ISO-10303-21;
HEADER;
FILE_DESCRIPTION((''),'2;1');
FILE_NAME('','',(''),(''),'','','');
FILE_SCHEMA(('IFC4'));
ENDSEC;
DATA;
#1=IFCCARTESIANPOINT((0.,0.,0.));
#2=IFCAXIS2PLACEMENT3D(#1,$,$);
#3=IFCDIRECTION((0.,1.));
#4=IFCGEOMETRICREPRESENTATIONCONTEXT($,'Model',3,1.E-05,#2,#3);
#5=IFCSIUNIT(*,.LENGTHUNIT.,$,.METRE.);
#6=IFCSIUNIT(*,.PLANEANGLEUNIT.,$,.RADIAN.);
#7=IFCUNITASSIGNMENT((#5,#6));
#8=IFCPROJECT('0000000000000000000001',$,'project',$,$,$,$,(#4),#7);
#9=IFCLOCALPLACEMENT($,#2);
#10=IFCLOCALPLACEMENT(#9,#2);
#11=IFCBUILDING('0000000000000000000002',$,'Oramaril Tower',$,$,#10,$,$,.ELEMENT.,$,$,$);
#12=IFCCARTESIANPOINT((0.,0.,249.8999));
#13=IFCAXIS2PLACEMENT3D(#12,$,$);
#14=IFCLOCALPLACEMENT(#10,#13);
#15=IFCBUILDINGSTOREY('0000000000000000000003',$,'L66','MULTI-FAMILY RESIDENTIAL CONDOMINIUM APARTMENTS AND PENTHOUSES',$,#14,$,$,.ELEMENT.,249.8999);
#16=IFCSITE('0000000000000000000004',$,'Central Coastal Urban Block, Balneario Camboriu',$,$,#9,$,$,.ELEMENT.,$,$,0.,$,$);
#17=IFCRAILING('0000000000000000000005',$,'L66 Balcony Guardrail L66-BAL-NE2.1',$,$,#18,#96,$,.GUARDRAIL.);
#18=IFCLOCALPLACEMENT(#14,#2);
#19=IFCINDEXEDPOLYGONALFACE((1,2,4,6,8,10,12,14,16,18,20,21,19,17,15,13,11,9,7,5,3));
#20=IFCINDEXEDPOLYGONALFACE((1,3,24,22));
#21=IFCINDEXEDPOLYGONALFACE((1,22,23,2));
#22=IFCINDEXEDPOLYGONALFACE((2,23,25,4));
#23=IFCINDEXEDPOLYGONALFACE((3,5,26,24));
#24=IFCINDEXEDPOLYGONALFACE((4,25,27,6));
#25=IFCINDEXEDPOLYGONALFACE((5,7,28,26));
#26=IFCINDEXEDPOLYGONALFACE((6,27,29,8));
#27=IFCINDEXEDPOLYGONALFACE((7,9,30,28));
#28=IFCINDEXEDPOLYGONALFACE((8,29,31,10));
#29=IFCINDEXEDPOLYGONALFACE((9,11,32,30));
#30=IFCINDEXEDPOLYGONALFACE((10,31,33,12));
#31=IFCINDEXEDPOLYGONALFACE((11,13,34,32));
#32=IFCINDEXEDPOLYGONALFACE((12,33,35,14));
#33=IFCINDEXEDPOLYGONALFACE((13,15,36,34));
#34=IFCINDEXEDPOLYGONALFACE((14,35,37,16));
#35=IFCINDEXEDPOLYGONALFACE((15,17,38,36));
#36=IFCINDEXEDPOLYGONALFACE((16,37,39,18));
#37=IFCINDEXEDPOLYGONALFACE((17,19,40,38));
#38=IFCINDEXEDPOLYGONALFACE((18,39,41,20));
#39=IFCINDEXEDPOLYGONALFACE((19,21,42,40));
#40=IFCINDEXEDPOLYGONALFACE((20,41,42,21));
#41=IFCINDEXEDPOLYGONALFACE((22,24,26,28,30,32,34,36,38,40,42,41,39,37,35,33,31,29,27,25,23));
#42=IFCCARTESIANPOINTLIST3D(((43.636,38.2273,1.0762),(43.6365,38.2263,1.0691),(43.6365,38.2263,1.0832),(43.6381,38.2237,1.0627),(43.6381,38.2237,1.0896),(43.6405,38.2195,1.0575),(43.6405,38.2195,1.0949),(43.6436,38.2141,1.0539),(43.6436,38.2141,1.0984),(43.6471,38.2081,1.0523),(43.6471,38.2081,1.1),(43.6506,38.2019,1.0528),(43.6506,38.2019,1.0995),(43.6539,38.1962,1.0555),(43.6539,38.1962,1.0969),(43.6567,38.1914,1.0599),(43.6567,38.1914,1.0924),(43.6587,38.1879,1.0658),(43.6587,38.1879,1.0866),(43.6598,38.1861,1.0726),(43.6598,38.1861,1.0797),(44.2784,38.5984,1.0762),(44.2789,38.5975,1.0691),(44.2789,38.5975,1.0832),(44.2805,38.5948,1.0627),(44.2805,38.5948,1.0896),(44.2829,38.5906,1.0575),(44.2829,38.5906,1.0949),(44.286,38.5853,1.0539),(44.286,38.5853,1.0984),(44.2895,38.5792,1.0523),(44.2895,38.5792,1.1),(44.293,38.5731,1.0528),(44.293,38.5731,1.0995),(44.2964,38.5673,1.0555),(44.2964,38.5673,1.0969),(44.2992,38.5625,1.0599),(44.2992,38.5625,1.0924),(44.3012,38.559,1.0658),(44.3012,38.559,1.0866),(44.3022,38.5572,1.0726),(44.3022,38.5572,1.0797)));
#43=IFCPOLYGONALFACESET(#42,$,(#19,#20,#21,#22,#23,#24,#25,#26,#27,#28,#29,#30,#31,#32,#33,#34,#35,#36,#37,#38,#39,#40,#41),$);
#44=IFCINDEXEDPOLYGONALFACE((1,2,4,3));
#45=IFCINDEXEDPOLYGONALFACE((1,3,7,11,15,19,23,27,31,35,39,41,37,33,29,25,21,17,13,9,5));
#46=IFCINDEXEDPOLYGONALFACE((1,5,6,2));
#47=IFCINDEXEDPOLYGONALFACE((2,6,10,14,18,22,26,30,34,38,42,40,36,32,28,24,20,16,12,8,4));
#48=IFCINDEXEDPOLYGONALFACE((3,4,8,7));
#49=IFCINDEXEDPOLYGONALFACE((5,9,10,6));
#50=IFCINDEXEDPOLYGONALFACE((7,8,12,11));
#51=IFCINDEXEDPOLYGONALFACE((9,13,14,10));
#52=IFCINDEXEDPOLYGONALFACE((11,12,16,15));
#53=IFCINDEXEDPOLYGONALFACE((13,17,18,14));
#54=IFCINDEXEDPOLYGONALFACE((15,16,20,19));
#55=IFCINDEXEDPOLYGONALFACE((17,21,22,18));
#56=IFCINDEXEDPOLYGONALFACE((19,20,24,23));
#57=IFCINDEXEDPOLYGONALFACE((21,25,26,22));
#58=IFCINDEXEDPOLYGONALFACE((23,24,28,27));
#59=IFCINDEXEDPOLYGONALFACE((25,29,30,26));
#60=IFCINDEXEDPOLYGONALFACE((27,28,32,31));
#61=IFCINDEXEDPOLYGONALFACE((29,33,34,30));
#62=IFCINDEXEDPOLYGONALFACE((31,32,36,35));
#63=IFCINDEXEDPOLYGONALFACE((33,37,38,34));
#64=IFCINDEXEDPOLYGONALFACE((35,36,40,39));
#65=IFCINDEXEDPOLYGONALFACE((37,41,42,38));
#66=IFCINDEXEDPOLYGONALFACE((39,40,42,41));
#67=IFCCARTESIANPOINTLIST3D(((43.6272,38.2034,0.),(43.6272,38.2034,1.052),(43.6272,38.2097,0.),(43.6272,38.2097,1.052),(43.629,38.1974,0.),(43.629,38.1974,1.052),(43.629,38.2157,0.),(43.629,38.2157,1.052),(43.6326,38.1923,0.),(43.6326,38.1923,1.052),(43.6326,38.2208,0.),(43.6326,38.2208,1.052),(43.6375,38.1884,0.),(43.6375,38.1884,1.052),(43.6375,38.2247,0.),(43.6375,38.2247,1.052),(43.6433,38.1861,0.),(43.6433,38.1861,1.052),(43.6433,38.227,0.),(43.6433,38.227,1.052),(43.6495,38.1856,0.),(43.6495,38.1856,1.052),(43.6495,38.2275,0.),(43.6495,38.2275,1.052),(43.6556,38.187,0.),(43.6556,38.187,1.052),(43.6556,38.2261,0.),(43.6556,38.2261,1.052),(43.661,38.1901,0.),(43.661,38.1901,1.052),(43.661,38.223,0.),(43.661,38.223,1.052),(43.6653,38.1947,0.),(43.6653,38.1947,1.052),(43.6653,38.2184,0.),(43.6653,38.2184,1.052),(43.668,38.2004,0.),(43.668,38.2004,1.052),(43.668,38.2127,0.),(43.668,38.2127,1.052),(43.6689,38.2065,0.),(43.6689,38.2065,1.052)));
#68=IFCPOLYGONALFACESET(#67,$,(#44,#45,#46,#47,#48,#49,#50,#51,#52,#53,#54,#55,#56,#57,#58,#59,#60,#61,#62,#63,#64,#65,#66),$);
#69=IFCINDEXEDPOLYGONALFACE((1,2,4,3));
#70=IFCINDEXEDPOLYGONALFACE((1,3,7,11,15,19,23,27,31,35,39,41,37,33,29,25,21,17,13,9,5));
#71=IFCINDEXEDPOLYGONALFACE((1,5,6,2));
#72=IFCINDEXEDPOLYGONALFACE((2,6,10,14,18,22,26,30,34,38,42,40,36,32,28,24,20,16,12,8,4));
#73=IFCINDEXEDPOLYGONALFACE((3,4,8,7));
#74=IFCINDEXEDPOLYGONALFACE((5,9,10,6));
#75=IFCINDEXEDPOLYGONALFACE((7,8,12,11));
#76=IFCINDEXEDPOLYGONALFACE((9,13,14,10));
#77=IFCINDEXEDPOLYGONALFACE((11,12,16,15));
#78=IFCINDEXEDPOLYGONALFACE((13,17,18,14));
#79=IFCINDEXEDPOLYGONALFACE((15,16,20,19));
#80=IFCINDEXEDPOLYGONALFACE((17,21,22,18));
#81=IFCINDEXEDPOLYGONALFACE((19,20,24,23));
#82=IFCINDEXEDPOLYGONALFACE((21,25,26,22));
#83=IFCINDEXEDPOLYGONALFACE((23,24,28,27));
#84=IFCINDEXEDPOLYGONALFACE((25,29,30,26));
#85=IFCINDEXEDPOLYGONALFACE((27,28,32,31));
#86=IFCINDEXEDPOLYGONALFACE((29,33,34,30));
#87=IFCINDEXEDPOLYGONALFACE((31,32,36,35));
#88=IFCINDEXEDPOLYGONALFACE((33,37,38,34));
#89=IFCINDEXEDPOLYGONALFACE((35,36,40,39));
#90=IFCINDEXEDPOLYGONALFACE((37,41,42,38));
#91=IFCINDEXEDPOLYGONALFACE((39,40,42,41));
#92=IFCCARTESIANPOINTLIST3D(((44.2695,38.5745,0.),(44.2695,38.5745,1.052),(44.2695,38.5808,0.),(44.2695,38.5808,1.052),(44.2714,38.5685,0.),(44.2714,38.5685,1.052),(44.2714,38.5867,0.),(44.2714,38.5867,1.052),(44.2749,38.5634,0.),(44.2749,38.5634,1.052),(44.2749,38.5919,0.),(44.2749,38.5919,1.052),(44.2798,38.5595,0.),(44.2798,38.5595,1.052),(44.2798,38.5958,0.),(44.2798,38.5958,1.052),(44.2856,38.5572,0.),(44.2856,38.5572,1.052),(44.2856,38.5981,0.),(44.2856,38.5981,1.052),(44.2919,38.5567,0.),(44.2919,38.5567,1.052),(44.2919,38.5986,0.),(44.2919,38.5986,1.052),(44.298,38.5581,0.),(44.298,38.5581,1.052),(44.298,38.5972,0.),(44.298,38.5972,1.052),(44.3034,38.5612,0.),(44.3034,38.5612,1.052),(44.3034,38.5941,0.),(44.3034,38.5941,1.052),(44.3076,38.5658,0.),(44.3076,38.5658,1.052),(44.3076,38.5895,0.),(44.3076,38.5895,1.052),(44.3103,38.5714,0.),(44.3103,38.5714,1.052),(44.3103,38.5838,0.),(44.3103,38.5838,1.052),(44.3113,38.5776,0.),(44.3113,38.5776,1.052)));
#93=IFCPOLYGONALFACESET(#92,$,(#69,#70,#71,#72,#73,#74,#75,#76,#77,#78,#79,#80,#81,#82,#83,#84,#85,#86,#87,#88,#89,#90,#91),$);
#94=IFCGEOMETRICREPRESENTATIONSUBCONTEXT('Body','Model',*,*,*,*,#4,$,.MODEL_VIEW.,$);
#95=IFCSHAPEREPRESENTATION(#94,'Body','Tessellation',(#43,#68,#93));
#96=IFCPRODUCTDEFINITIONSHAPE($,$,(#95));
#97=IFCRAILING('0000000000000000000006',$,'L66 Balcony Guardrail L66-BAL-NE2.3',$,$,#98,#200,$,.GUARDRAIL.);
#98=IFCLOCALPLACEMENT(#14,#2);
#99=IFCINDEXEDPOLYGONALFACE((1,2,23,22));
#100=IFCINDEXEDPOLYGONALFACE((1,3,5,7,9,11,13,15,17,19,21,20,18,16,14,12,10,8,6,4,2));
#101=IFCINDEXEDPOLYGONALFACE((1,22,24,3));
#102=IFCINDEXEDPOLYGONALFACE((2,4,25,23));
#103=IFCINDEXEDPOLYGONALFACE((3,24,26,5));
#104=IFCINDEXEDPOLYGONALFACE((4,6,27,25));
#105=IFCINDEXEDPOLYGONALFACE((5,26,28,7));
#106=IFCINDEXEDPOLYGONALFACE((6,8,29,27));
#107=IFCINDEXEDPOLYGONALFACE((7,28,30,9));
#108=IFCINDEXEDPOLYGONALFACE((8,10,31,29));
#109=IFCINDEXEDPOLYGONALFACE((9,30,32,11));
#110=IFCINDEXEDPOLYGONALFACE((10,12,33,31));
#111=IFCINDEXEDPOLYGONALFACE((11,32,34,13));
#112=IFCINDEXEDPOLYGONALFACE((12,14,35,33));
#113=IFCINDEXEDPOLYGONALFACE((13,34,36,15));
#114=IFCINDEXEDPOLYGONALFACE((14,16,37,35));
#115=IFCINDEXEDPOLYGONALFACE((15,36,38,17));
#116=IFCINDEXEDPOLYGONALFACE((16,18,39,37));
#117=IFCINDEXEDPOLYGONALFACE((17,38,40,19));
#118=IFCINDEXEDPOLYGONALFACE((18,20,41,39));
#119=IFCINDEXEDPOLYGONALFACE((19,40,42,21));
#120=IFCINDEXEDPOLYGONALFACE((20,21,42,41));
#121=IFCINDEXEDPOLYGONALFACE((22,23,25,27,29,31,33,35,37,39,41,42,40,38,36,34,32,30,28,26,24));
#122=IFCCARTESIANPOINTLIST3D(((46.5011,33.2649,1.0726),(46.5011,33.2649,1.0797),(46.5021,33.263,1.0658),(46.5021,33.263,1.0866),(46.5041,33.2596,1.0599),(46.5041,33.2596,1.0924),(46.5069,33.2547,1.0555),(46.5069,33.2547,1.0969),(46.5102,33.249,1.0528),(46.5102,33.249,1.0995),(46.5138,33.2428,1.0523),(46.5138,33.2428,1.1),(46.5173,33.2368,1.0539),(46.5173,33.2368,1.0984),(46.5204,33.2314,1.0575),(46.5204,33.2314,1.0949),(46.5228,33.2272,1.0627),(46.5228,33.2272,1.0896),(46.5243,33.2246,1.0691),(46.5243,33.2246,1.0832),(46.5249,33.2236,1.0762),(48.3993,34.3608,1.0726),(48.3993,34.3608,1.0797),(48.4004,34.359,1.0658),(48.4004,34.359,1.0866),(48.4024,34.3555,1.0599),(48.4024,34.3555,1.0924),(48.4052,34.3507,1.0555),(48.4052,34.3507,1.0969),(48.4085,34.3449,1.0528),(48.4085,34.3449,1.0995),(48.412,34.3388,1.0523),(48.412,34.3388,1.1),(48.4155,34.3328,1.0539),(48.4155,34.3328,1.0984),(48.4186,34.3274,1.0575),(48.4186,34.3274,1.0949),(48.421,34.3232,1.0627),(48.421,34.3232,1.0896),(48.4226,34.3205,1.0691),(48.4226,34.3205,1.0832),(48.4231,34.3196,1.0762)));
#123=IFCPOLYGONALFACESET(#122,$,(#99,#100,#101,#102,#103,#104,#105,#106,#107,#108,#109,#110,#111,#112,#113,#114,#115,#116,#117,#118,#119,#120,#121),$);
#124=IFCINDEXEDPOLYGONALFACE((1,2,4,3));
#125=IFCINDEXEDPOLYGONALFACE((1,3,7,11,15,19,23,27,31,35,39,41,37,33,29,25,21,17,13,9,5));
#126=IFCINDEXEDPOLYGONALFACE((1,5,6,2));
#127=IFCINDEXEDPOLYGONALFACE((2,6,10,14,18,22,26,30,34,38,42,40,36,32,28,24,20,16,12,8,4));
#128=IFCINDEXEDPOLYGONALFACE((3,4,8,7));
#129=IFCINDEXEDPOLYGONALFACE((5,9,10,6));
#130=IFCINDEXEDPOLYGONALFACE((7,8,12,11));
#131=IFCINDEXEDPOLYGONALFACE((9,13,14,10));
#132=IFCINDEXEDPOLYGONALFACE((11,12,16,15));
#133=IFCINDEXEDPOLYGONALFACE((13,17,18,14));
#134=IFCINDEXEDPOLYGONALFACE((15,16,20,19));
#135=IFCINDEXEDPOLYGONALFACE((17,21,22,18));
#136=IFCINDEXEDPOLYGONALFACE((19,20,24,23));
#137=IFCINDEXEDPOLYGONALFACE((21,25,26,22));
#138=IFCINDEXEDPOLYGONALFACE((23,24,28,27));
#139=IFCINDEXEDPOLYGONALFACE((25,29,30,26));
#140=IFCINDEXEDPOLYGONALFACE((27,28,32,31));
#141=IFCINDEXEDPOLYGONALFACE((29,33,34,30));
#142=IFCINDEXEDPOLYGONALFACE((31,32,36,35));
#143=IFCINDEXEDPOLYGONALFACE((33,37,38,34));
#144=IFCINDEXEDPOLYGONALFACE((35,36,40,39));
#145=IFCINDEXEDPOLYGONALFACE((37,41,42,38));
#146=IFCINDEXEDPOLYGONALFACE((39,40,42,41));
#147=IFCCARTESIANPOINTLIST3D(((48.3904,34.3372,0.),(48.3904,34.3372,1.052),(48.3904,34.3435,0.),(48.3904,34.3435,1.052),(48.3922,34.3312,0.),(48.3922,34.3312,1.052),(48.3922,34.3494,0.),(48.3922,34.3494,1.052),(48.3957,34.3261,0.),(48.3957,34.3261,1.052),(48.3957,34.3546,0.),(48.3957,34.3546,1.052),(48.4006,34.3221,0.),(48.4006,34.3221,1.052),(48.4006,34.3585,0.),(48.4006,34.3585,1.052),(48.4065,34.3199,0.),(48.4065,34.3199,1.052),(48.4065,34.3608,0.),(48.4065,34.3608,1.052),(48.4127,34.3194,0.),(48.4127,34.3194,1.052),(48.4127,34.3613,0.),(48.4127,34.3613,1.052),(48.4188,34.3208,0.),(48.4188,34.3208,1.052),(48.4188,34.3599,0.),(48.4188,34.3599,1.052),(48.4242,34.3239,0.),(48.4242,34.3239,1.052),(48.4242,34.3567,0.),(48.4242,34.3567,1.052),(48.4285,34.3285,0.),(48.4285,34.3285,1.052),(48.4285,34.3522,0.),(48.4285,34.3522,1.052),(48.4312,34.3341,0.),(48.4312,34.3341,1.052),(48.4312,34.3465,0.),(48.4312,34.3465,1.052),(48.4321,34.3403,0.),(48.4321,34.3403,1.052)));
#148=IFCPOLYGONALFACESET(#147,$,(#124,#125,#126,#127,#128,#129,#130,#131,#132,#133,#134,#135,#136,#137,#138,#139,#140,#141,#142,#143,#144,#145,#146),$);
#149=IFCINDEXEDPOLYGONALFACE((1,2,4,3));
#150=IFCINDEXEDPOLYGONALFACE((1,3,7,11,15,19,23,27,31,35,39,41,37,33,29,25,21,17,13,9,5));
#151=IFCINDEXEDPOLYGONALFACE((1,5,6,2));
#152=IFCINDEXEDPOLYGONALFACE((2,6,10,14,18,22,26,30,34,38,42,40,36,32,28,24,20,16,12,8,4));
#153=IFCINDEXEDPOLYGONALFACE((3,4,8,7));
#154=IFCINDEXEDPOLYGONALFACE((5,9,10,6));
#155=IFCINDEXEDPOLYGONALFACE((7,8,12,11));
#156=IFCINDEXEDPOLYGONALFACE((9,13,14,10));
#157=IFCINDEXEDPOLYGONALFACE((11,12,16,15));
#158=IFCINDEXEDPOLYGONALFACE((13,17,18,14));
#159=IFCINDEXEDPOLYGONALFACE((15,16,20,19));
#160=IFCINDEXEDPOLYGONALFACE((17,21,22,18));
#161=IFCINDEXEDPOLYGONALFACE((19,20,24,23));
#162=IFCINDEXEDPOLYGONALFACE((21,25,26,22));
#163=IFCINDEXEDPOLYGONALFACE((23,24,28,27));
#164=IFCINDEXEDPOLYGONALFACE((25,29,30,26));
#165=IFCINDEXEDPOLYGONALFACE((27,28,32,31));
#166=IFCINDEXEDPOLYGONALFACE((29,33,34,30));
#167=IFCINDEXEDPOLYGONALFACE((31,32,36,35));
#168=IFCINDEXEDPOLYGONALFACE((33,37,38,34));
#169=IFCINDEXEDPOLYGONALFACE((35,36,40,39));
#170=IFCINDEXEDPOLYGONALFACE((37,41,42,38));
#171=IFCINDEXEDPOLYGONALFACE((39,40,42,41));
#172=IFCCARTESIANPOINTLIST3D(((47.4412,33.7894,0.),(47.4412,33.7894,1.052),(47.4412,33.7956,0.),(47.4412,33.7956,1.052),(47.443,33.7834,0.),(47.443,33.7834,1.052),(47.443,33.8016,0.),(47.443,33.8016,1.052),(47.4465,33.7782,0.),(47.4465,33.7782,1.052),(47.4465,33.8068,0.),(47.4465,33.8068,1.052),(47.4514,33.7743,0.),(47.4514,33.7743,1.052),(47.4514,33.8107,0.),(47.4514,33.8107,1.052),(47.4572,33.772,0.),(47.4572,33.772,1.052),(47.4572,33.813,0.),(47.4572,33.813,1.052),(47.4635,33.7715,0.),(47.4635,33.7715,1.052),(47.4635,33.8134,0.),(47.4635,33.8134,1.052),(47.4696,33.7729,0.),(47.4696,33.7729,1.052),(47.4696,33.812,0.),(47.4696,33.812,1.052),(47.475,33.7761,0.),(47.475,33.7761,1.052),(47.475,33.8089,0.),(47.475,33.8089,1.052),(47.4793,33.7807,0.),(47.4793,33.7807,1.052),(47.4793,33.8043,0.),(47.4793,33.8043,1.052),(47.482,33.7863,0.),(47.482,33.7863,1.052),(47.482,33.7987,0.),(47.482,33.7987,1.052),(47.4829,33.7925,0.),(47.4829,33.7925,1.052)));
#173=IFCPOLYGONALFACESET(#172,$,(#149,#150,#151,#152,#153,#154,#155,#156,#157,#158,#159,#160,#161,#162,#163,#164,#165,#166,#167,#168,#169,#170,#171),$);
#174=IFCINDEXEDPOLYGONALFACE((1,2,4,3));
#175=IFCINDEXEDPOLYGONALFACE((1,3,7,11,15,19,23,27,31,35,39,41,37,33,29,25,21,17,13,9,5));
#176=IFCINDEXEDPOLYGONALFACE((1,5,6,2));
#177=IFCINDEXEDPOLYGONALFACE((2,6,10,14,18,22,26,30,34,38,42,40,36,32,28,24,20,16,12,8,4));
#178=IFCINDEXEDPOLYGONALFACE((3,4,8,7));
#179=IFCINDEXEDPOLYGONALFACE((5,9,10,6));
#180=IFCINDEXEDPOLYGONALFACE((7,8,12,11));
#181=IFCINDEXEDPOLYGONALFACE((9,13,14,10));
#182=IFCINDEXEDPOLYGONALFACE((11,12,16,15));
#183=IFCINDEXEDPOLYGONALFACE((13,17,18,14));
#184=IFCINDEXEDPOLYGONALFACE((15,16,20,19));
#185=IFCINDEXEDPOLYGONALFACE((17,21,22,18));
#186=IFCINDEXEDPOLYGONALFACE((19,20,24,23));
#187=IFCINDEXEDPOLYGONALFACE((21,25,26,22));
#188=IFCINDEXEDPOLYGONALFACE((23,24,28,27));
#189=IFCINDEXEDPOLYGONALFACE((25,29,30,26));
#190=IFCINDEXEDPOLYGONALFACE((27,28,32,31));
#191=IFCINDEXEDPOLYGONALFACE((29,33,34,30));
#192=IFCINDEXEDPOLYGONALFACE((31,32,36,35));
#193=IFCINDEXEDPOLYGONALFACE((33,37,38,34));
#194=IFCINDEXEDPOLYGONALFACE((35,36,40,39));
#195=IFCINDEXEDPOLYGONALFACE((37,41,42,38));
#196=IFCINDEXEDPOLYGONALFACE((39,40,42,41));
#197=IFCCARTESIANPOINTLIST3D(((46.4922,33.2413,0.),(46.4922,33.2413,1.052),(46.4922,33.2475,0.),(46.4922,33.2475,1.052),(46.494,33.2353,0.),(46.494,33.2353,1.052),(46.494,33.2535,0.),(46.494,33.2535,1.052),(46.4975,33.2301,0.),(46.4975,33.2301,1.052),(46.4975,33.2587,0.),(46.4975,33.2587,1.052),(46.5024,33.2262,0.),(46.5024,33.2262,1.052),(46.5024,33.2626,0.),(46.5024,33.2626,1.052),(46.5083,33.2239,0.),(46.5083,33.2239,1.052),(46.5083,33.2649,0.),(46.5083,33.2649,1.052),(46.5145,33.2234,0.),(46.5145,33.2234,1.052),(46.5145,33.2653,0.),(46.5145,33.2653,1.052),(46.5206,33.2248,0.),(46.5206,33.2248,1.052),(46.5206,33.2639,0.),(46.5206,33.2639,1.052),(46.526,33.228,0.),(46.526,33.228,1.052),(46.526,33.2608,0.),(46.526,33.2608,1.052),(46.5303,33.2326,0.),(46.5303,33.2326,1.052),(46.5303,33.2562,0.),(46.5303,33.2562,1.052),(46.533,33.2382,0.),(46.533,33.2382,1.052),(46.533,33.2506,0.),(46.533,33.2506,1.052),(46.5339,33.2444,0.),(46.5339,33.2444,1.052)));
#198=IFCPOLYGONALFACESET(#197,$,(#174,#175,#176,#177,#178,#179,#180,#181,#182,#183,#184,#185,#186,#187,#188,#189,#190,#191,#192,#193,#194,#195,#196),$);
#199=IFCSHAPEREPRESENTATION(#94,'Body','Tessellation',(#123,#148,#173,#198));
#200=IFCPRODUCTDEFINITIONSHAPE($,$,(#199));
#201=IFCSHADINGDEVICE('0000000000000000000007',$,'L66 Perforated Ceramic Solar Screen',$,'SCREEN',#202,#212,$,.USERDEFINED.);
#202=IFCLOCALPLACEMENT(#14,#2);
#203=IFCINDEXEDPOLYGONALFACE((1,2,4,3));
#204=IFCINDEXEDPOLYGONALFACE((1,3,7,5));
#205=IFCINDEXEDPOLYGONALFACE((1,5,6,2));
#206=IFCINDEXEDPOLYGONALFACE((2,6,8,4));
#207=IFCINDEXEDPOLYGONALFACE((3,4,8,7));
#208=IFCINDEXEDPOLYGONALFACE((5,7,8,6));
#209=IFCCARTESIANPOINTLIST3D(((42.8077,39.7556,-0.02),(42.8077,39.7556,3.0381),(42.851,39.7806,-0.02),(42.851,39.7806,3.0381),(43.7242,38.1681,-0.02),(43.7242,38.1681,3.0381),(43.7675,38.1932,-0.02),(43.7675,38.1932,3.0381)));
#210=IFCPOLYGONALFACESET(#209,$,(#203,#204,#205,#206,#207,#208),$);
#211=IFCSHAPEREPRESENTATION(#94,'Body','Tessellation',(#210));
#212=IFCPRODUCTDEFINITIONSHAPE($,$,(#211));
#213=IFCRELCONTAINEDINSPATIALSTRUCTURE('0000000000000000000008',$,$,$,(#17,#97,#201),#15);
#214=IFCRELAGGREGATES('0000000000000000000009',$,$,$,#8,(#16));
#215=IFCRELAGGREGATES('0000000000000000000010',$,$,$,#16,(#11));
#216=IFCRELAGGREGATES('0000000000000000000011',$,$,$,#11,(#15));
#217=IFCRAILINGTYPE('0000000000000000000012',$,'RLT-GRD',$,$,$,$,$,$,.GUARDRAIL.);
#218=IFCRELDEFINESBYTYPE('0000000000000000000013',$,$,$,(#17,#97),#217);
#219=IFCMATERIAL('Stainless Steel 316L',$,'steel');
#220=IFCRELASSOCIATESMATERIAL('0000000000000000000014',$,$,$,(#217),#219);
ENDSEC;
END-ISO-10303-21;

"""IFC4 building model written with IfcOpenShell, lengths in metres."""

from ifc_helpers import new_model, si_unit, direction, frame, origin, origin_2d, place, context, subcontext, project, spatial, rectangle, circle, extrude, material, type_object, element, save


model = new_model("IFC4")

# Units and contexts
model_context = context("Model", 3, precision=1e-05, world=origin(), true_north=direction((0.0, 1.0)))
body_context = subcontext(model_context, "Body", "Model", "MODEL_VIEW")
ifc_project = project(units=[si_unit("LENGTHUNIT", "METRE"), si_unit("PLANEANGLEUNIT", "RADIAN")], contexts=[model_context])

# Site, building, storey
site_placement = place(None, origin())
site = spatial("IfcSite", under=ifc_project, at=site_placement, Name="Central Coastal Urban Block, Balneario Camboriu", CompositionType="ELEMENT", RefElevation=0.0)
building_placement = place(site_placement, origin())
building = spatial("IfcBuilding", under=site, at=building_placement, Name="Oramaril Tower", CompositionType="ELEMENT")
storey_placement = place(building_placement, frame((0.0, 0.0, 249.8999)))
storey = spatial("IfcBuildingStorey", under=building, at=storey_placement, Name="L66", Description="MULTI-FAMILY RESIDENTIAL CONDOMINIUM APARTMENTS AND PENTHOUSES", CompositionType="ELEMENT", Elevation=249.8999)

# Railings
ifc_material_1 = material(Name="Stainless Steel 316L", Category="steel")
railing_type = type_object("IfcRailingType", Name="RLT-GRD", PredefinedType="GUARDRAIL", material=ifc_material_1)
railing_1_placement = place(storey_placement, frame((43.6479, 38.2065, 0.0)))
element("IfcRailing", 1, at=railing_1_placement, inside=storey, type_object=railing_type, Name="L66 Balcony Guardrail L66-BAL-NE2.1", PredefinedType="GUARDRAIL", context=body_context, shape_type="SweptSolid", body=[
    extrude(circle(Radius=0.0239, at=origin_2d()), frame((0.0, 0.0, 1.0762), z_axis=(0.865884, 0.500245, 0.0), x_axis=(-0.500245, 0.865884, 0.0)), (0.0, 0.0, 1.0), 0.7419),
    extrude(circle(Radius=0.021, at=origin_2d()), origin(), (0.0, 0.0, 1.0), 1.052),
    extrude(circle(Radius=0.021, at=origin_2d()), frame((0.6423, 0.3711, 0.0)), (0.0, 0.0, 1.0), 1.052),
])
railing_2_placement = place(storey_placement, frame((48.4111, 34.3403, 0.0)))
element("IfcRailing", 2, at=railing_2_placement, inside=storey, type_object=railing_type, Name="L66 Balcony Guardrail L66-BAL-NE2.3", PredefinedType="GUARDRAIL", context=body_context, shape_type="SweptSolid", body=[
    extrude(circle(Radius=0.0239, at=origin_2d()), frame((0.0, 0.0, 1.0762), z_axis=(-0.866021, -0.500008, 0.0), x_axis=(0.500008, -0.866021, 0.0)), (0.0, 0.0, 1.0), 2.1919),
    extrude(circle(Radius=0.021, at=origin_2d()), origin(), (0.0, 0.0, 1.0), 1.052),
    extrude(circle(Radius=0.021, at=origin_2d()), frame((-0.9492, -0.5479, 0.0)), (0.0, 0.0, 1.0), 1.052),
    extrude(circle(Radius=0.021, at=origin_2d()), frame((-1.8982, -1.0959, 0.0)), (0.0, 0.0, 1.0), 1.052),
])

# Shading device
for number, where, z_axis, x_axis, name in (
    (3, (43.2876, 38.9744, -0.02), (0.0, 0.0, 1.0), (-0.499998, 0.866026, 0.0), "L66 Perforated Ceramic Solar Screen"),
):
    element("IfcShadingDevice", number, at=place(storey_placement, frame(where, z_axis=z_axis, x_axis=x_axis)), inside=storey, Name=name, ObjectType="SCREEN", PredefinedType="USERDEFINED", context=body_context, shape_type="SweptSolid", body=[
        extrude(rectangle(XDim=1.833, YDim=0.05, at=origin_2d()), origin(), (0.0, 0.0, 1.0), 3.0581),
    ])

save(model, "model.ifc")
